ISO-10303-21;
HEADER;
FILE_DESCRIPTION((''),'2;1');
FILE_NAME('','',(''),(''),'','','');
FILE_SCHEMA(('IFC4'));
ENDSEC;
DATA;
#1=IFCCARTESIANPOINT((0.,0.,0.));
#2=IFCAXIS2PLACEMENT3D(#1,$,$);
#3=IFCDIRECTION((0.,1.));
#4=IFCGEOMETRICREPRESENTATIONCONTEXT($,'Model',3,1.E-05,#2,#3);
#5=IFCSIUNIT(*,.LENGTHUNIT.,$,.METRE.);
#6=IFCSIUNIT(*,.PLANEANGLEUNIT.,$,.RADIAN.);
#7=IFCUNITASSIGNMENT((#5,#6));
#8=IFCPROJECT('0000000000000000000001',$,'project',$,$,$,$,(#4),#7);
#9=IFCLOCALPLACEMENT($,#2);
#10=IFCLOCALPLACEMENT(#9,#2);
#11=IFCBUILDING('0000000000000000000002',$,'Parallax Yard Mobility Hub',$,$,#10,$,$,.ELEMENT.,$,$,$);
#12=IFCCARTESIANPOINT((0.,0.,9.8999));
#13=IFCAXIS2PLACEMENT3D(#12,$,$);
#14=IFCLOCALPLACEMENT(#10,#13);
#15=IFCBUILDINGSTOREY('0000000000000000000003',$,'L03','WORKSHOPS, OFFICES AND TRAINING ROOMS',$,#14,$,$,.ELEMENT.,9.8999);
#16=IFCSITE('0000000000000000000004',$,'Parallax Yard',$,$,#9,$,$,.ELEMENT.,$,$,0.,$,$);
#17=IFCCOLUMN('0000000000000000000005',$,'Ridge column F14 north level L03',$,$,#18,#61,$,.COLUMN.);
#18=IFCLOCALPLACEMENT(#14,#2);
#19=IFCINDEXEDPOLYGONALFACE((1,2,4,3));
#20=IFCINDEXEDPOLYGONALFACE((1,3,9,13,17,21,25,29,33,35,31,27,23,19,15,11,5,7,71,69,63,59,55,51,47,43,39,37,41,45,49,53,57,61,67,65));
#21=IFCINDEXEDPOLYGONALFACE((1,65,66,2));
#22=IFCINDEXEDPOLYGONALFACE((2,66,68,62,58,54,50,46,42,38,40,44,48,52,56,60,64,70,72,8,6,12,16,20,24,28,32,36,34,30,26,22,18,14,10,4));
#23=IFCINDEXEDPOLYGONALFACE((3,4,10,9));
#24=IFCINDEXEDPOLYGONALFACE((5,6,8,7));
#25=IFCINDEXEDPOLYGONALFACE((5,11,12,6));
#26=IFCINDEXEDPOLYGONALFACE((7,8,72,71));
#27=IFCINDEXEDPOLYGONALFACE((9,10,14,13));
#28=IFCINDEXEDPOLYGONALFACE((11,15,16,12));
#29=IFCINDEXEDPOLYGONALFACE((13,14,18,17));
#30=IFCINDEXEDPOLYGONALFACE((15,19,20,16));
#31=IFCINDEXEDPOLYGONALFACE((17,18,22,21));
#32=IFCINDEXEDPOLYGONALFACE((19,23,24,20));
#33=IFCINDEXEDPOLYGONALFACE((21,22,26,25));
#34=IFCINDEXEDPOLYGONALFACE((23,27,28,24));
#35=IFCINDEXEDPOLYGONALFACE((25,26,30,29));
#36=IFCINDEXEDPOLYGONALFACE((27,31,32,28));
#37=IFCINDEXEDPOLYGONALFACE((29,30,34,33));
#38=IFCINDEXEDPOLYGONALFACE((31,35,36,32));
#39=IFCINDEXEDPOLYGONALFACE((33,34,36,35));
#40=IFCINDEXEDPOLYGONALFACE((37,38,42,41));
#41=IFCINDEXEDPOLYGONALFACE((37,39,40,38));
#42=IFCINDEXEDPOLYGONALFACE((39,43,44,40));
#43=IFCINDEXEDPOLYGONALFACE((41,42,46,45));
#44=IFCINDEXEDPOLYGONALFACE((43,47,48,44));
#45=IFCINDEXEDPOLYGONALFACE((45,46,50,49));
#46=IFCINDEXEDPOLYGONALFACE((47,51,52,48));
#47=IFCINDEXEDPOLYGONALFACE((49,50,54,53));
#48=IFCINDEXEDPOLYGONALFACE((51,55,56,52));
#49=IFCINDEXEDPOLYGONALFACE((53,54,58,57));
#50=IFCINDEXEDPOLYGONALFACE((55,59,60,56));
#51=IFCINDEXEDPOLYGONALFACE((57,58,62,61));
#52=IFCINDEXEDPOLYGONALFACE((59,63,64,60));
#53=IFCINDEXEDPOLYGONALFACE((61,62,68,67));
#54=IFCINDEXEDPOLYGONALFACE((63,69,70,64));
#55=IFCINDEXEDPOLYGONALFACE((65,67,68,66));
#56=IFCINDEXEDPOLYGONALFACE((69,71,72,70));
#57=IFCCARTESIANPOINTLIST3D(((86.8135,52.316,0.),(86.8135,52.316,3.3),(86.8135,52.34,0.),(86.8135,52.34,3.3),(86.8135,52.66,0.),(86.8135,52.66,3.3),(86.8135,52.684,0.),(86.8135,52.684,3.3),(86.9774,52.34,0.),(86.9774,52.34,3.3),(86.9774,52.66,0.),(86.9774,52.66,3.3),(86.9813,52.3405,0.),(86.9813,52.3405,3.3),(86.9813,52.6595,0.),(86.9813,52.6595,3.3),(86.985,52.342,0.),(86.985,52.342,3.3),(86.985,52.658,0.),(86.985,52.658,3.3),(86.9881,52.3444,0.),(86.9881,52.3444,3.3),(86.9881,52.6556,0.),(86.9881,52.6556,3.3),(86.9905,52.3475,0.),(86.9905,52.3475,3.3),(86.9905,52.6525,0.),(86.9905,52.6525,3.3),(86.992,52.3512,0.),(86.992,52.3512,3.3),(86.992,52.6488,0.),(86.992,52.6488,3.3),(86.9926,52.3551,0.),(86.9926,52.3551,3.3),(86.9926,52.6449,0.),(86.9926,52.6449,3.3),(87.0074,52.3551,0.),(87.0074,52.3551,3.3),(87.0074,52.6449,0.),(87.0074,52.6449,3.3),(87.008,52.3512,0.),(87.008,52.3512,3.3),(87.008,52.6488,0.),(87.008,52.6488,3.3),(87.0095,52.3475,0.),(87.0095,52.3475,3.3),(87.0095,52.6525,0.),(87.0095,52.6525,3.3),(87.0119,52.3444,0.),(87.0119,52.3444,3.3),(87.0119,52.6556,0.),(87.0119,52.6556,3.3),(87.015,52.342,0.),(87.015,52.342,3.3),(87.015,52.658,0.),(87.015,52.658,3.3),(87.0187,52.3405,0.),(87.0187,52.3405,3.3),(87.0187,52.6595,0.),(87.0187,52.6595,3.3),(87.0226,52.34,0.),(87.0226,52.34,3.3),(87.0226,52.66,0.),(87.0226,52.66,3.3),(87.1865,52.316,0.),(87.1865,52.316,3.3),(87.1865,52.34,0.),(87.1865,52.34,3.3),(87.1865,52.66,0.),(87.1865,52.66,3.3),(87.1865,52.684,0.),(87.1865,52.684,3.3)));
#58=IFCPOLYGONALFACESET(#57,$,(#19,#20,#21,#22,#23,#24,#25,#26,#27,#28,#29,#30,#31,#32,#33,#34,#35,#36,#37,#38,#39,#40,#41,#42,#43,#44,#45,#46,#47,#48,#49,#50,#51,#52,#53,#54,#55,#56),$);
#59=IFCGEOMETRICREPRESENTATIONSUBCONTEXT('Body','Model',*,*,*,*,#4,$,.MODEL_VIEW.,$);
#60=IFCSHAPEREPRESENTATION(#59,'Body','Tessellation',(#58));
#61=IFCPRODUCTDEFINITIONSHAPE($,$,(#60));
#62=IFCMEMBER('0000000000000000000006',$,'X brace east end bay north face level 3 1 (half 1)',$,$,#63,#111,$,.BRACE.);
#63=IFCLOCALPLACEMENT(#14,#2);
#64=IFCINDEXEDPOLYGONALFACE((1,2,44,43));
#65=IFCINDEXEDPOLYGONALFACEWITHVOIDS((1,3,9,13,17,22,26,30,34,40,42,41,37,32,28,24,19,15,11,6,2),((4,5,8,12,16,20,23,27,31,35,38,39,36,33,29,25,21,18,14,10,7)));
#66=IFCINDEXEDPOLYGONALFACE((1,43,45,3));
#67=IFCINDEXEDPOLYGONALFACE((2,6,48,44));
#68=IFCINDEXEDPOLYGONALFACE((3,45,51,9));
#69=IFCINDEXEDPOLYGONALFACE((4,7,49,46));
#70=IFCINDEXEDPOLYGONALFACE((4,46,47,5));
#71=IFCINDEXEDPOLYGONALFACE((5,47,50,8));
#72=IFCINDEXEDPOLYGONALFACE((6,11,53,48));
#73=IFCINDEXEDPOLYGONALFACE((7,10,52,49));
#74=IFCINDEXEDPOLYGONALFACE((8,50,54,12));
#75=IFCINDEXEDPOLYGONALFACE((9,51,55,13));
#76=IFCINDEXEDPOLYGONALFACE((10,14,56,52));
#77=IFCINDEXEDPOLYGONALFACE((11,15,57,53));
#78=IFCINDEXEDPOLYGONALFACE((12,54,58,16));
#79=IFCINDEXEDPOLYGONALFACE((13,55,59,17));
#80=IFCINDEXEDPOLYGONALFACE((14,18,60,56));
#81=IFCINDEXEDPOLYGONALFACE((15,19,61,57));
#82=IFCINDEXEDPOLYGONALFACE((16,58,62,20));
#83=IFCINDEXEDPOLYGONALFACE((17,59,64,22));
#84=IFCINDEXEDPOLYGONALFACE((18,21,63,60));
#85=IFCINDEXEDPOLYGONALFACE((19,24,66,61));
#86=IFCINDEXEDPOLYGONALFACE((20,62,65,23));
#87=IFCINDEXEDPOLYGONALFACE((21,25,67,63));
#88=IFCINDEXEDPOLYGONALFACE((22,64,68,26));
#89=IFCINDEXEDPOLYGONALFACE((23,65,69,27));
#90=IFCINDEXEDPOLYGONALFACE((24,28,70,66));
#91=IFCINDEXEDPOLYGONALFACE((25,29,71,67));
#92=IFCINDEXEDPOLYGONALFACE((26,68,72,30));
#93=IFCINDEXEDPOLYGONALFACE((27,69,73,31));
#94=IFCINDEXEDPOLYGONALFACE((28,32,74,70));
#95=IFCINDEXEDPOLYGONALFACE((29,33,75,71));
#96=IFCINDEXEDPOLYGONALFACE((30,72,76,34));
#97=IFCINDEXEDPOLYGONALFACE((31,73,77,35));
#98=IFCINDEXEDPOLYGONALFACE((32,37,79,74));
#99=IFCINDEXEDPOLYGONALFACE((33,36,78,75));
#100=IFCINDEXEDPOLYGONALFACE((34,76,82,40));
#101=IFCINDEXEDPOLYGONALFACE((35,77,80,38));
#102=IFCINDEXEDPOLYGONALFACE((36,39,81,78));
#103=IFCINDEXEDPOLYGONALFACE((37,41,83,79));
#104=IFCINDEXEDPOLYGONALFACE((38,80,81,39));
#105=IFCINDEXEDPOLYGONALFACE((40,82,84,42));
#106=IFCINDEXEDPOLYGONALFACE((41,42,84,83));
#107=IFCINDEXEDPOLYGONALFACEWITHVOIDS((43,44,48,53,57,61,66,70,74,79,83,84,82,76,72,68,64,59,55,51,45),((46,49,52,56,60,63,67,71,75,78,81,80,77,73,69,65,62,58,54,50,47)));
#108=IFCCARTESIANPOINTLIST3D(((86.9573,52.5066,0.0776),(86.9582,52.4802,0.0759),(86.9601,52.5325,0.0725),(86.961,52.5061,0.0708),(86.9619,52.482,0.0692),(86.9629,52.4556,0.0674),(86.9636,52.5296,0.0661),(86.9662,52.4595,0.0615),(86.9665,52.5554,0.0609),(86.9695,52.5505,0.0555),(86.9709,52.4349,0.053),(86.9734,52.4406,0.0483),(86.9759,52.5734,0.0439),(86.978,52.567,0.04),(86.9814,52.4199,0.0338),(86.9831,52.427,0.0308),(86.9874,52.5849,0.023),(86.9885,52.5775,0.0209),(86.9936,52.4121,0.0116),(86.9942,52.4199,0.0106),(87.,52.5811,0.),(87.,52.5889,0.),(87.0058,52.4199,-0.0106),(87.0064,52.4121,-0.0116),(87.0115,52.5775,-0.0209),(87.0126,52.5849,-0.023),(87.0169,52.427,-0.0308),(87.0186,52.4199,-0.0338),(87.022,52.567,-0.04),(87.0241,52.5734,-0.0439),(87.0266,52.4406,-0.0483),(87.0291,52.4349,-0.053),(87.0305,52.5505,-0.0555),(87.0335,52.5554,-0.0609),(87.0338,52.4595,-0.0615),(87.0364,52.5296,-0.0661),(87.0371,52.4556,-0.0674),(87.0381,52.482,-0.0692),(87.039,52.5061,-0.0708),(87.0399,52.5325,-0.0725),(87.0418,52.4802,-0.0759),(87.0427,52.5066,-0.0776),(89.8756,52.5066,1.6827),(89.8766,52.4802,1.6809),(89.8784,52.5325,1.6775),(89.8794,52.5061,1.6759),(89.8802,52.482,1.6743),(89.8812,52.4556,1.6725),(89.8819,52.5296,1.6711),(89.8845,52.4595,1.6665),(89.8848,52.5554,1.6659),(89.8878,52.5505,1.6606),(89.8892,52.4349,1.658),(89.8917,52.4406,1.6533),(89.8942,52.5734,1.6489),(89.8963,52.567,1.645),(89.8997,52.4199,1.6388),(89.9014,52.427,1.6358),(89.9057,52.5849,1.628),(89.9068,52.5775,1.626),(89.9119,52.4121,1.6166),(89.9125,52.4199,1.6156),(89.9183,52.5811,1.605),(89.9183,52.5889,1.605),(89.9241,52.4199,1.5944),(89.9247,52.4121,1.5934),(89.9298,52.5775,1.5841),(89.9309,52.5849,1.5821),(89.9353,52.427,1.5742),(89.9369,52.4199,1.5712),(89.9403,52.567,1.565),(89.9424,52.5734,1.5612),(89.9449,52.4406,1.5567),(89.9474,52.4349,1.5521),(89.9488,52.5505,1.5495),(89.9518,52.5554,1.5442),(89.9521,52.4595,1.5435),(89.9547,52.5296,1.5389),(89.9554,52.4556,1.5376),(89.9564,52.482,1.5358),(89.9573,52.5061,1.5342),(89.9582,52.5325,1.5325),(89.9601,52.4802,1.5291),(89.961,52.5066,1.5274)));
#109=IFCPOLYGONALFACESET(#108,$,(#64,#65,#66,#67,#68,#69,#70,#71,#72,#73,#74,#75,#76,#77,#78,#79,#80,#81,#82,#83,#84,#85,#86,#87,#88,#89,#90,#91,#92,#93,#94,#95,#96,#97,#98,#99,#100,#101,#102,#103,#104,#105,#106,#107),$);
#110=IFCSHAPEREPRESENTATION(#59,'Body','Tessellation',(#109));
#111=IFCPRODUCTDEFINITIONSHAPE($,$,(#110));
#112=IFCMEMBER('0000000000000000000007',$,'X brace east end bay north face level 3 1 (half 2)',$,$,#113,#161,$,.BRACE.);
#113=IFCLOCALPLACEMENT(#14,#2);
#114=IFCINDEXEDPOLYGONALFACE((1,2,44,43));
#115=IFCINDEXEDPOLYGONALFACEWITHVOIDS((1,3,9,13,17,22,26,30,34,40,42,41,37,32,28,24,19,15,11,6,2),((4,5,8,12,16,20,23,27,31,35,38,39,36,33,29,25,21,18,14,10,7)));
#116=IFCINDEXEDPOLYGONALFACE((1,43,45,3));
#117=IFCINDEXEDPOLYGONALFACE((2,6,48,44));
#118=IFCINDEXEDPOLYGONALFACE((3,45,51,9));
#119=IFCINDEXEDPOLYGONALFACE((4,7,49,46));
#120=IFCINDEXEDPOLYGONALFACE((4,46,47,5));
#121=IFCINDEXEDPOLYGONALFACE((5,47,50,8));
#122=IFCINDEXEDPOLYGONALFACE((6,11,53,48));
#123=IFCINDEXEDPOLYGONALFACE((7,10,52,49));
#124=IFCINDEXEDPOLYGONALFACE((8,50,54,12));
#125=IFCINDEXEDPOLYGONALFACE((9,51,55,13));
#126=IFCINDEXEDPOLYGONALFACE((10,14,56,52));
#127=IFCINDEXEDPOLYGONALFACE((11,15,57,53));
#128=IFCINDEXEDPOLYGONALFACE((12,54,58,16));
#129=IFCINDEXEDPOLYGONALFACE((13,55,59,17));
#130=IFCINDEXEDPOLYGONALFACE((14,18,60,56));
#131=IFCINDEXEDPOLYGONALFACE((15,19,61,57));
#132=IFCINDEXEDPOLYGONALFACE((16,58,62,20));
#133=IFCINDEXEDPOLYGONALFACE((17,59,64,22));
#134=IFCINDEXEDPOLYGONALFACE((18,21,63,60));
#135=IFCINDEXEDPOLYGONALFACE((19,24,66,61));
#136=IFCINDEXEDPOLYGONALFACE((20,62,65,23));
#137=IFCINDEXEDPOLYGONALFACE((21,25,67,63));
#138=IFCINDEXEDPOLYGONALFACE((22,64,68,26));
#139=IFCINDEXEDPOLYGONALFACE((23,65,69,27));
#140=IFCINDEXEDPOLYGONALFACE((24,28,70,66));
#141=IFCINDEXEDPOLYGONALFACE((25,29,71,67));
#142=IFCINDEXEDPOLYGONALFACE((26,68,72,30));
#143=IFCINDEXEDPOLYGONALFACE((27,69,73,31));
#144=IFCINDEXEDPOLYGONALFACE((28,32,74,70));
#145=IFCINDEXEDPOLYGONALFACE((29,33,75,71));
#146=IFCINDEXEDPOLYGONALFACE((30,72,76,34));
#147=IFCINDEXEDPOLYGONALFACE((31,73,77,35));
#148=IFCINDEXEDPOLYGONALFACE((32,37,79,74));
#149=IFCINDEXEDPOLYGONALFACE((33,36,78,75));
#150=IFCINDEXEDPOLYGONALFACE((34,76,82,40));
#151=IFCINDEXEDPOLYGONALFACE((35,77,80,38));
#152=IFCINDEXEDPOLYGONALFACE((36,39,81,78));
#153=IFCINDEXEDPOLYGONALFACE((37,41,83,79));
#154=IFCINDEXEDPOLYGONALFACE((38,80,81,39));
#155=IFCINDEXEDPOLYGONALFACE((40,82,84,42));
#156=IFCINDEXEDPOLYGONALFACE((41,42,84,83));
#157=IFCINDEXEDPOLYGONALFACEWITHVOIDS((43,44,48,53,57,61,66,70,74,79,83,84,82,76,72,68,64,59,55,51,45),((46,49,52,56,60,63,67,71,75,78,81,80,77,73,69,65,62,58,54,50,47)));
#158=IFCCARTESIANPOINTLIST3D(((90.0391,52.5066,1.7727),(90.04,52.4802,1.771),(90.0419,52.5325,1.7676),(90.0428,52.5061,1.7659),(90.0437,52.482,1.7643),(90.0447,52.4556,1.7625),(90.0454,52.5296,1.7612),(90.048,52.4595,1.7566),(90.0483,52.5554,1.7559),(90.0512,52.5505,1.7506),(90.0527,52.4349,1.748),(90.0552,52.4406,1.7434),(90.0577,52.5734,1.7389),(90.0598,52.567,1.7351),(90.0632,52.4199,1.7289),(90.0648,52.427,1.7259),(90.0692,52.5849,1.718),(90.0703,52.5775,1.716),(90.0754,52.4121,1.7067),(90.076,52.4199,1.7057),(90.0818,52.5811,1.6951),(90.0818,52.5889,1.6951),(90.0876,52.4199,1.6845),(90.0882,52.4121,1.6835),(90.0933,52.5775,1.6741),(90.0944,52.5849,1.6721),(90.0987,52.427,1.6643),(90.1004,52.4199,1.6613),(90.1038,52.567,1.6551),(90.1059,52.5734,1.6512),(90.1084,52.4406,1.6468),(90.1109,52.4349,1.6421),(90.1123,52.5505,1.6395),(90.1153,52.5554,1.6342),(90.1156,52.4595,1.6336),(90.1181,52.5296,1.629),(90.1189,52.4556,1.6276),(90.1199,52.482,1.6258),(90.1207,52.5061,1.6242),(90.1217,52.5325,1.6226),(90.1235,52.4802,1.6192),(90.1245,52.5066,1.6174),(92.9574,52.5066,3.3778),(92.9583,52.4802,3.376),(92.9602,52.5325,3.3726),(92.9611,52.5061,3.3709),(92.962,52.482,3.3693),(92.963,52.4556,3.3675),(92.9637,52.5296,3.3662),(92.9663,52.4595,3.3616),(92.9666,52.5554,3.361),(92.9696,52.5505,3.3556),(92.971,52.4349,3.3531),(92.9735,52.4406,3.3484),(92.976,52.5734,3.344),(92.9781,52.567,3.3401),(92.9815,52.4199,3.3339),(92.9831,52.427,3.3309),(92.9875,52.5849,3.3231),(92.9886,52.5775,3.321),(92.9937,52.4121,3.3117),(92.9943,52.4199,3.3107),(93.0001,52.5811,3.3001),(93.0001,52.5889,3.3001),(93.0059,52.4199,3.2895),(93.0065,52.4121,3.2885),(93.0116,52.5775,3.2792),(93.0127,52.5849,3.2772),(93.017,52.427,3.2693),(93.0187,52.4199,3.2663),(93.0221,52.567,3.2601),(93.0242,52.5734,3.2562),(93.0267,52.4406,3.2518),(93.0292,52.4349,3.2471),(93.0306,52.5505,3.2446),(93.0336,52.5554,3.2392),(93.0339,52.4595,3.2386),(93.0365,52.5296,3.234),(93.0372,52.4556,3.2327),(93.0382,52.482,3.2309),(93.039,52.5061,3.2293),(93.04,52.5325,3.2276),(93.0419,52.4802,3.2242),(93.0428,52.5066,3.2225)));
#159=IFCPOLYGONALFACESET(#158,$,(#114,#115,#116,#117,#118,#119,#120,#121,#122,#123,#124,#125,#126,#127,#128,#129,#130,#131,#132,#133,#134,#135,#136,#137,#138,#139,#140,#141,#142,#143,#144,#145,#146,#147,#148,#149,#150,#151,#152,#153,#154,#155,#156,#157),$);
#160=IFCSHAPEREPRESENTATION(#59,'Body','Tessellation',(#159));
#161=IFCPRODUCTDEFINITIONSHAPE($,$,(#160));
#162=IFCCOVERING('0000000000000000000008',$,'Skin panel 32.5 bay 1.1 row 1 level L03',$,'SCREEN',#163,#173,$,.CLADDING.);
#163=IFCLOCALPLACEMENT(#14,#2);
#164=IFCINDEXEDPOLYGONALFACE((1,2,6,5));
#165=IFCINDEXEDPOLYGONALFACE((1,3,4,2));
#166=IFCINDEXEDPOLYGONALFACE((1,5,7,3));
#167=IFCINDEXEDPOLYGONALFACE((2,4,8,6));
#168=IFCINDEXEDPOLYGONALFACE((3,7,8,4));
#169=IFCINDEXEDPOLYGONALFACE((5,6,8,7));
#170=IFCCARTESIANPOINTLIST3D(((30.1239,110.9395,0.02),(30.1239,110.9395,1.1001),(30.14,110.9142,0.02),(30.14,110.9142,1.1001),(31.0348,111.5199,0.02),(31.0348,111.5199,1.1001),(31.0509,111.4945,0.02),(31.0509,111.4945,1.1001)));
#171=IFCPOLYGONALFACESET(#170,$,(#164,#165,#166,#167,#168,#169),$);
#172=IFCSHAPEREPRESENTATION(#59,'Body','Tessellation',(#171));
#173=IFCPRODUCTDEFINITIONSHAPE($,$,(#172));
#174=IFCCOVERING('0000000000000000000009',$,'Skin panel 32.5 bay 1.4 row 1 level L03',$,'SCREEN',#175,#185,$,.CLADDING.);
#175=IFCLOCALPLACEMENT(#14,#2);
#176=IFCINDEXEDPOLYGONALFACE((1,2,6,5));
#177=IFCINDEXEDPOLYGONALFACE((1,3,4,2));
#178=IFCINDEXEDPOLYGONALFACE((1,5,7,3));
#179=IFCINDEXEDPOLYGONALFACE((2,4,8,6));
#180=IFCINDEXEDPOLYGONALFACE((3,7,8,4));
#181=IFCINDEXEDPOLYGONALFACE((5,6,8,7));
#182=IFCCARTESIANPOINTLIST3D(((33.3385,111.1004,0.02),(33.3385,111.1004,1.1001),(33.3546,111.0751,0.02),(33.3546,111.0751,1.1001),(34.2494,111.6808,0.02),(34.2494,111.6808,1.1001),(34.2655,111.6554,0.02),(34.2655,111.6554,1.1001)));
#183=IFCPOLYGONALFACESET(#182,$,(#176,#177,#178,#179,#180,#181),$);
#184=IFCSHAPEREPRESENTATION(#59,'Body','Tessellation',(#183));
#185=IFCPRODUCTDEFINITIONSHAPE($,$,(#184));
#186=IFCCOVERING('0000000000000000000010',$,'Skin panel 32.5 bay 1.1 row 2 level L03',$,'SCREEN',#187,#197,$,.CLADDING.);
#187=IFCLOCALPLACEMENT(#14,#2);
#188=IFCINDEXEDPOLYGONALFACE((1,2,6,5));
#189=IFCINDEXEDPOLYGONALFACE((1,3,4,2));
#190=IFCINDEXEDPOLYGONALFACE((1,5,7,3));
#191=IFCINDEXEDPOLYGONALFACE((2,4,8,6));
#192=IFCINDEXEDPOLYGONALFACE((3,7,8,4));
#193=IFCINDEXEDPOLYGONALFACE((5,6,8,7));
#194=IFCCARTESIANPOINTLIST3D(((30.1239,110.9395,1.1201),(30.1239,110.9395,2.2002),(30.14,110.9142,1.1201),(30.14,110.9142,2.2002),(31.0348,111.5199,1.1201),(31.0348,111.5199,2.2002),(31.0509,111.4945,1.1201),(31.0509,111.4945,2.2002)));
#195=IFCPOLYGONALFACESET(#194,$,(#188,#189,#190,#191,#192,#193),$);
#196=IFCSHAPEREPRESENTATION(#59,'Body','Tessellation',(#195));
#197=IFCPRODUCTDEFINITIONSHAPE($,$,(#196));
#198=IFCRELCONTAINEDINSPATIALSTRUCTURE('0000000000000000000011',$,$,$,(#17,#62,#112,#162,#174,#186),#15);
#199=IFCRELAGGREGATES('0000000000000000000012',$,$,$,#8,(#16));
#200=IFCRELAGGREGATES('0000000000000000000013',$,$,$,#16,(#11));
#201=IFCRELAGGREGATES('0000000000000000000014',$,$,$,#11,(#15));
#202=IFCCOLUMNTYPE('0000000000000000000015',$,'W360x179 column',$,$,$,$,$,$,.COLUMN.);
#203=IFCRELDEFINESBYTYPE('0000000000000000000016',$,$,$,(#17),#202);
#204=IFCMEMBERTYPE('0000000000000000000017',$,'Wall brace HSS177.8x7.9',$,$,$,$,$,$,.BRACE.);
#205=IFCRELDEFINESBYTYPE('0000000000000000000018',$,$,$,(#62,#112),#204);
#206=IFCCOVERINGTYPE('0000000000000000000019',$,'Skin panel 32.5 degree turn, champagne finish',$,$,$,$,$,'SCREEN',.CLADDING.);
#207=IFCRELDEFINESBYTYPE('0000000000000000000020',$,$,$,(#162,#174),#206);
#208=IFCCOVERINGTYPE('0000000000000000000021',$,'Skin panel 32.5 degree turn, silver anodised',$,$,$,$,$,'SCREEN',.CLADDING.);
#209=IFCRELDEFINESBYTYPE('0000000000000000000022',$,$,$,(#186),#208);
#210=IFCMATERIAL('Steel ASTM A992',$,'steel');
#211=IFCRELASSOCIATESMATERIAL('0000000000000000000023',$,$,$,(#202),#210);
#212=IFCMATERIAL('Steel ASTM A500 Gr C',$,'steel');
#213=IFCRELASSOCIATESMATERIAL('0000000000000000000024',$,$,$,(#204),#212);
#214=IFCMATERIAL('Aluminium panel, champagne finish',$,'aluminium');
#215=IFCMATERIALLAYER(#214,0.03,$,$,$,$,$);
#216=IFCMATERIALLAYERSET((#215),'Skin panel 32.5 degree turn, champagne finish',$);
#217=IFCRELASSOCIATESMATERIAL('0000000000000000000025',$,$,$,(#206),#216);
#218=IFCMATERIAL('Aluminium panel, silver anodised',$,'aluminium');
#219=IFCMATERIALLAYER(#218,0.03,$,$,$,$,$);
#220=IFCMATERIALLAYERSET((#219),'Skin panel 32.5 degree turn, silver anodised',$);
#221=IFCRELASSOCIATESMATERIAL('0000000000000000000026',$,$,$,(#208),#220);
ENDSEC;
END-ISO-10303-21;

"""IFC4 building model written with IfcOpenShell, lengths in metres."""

from ifc_helpers import new_model, si_unit, direction, frame, origin, origin_2d, place, context, subcontext, project, spatial, rectangle, hollow_circle, i_section, extrude, material, layer, layer_set, material_profile, profile_set, type_object, element, save


model = new_model("IFC4")

# Units and contexts
model_context = context("Model", 3, precision=1e-05, world=origin(), true_north=direction((0.0, 1.0)))
body_context = subcontext(model_context, "Body", "Model", "MODEL_VIEW")
ifc_project = project(units=[si_unit("LENGTHUNIT", "METRE"), si_unit("PLANEANGLEUNIT", "RADIAN")], contexts=[model_context])

# Site, building, storey
site_placement = place(None, origin())
site = spatial("IfcSite", under=ifc_project, at=site_placement, Name="Parallax Yard", CompositionType="ELEMENT", RefElevation=0.0)
building_placement = place(site_placement, origin())
building = spatial("IfcBuilding", under=site, at=building_placement, Name="Parallax Yard Mobility Hub", CompositionType="ELEMENT")
storey_placement = place(building_placement, frame((0.0, 0.0, 9.8999)))
storey = spatial("IfcBuildingStorey", under=building, at=storey_placement, Name="L03", Description="WORKSHOPS, OFFICES AND TRAINING ROOMS", CompositionType="ELEMENT", Elevation=9.8999)

# Column
ifc_material_1 = material(Name="Steel ASTM A992", Category="steel")
ifc_material_profile_1 = material_profile(ifc_material_1, i_section(OverallWidth=0.373, OverallDepth=0.3679, WebThickness=0.0149, FlangeThickness=0.0239, FilletRadius=0.0151, at=origin_2d()), Name="W360x179")
ifc_profile_set_1 = profile_set([ifc_material_profile_1], Name="Steel ASTM A992")
column_type = type_object("IfcColumnType", Name="W360x179 column", PredefinedType="COLUMN", material=ifc_profile_set_1)
for number, where, z_axis, x_axis, name in (
    (1, (87.0, 52.5, 0.0), (0.0, 0.0, 1.0), (1.0, 0.0, 0.0), "Ridge column F14 north level L03"),
):
    element("IfcColumn", number, at=place(storey_placement, frame(where, z_axis=z_axis, x_axis=x_axis)), inside=storey, type_object=column_type, Name=name, PredefinedType="COLUMN", context=body_context, shape_type="SweptSolid", body=[
        extrude(i_section(OverallWidth=0.373, OverallDepth=0.3679, WebThickness=0.0149, FlangeThickness=0.0239, FilletRadius=0.0151, at=origin_2d()), origin(), (0.0, 0.0, 1.0), 3.3),
    ])

# Members
ifc_material_2 = material(Name="Steel ASTM A500 Gr C", Category="steel")
ifc_material_profile_2 = material_profile(ifc_material_2, hollow_circle(Radius=0.0889, WallThickness=0.0078, at=origin_2d()), Name="HSS177.8x7.9")
ifc_profile_set_2 = profile_set([ifc_material_profile_2], Name="Steel ASTM A500 Gr C")
member_type = type_object("IfcMemberType", Name="Wall brace HSS177.8x7.9", PredefinedType="BRACE", material=ifc_profile_set_2)
for number, where, z_axis, x_axis, name in (
    (2, (87.0, 52.5, 0.0), (0.876221, 0.0, 0.48191), (0.0, 1.0, 0.0), "X brace east end bay north face level 3 1 (half 1)"),
    (3, (90.0818, 52.5, 1.6951), (0.876221, 0.0, 0.48191), (0.0, 1.0, 0.0), "X brace east end bay north face level 3 1 (half 2)"),
):
    element("IfcMember", number, at=place(storey_placement, frame(where, z_axis=z_axis, x_axis=x_axis)), inside=storey, type_object=member_type, Name=name, PredefinedType="BRACE", context=body_context, shape_type="SweptSolid", body=[
        extrude(hollow_circle(Radius=0.0889, WallThickness=0.0078, at=origin_2d()), origin(), (0.0, 0.0, 1.0), 3.3306),
    ])

# Coverings
ifc_material_3 = material(Name="Aluminium panel, champagne finish", Category="aluminium")
ifc_layer_1 = layer(ifc_material_3, 0.03)
ifc_layer_set_1 = layer_set([ifc_layer_1], Name="Skin panel 32.5 degree turn, champagne finish")
covering_type_1 = type_object("IfcCoveringType", Name="Skin panel 32.5 degree turn, champagne finish", ElementType="SCREEN", PredefinedType="CLADDING", material=ifc_layer_set_1)
for number, where, z_axis, x_axis, name in (
    (4, (30.5874, 111.217, 0.02), (0.0, 0.0, 1.0), (-0.843391, -0.5373, 0.0), "Skin panel 32.5 bay 1.1 row 1 level L03"),
    (5, (33.802, 111.3779, 0.02), (0.0, 0.0, 1.0), (-0.843391, -0.5373, 0.0), "Skin panel 32.5 bay 1.4 row 1 level L03"),
):
    element("IfcCovering", number, at=place(storey_placement, frame(where, z_axis=z_axis, x_axis=x_axis)), inside=storey, type_object=covering_type_1, Name=name, ObjectType="SCREEN", PredefinedType="CLADDING", context=body_context, shape_type="SweptSolid", body=[
        extrude(rectangle(XDim=1.0801, YDim=0.03, at=origin_2d()), origin(), (0.0, 0.0, 1.0), 1.0801),
    ])
ifc_material_4 = material(Name="Aluminium panel, silver anodised", Category="aluminium")
ifc_layer_2 = layer(ifc_material_4, 0.03)
ifc_layer_set_2 = layer_set([ifc_layer_2], Name="Skin panel 32.5 degree turn, silver anodised")
covering_type_2 = type_object("IfcCoveringType", Name="Skin panel 32.5 degree turn, silver anodised", ElementType="SCREEN", PredefinedType="CLADDING", material=ifc_layer_set_2)
for number, where, z_axis, x_axis, name in (
    (6, (30.5874, 111.217, 1.1201), (0.0, 0.0, 1.0), (-0.843391, -0.5373, 0.0), "Skin panel 32.5 bay 1.1 row 2 level L03"),
):
    element("IfcCovering", number, at=place(storey_placement, frame(where, z_axis=z_axis, x_axis=x_axis)), inside=storey, type_object=covering_type_2, Name=name, ObjectType="SCREEN", PredefinedType="CLADDING", context=body_context, shape_type="SweptSolid", body=[
        extrude(rectangle(XDim=1.0801, YDim=0.03, at=origin_2d()), origin(), (0.0, 0.0, 1.0), 1.0801),
    ])

save(model, "model.ifc")
